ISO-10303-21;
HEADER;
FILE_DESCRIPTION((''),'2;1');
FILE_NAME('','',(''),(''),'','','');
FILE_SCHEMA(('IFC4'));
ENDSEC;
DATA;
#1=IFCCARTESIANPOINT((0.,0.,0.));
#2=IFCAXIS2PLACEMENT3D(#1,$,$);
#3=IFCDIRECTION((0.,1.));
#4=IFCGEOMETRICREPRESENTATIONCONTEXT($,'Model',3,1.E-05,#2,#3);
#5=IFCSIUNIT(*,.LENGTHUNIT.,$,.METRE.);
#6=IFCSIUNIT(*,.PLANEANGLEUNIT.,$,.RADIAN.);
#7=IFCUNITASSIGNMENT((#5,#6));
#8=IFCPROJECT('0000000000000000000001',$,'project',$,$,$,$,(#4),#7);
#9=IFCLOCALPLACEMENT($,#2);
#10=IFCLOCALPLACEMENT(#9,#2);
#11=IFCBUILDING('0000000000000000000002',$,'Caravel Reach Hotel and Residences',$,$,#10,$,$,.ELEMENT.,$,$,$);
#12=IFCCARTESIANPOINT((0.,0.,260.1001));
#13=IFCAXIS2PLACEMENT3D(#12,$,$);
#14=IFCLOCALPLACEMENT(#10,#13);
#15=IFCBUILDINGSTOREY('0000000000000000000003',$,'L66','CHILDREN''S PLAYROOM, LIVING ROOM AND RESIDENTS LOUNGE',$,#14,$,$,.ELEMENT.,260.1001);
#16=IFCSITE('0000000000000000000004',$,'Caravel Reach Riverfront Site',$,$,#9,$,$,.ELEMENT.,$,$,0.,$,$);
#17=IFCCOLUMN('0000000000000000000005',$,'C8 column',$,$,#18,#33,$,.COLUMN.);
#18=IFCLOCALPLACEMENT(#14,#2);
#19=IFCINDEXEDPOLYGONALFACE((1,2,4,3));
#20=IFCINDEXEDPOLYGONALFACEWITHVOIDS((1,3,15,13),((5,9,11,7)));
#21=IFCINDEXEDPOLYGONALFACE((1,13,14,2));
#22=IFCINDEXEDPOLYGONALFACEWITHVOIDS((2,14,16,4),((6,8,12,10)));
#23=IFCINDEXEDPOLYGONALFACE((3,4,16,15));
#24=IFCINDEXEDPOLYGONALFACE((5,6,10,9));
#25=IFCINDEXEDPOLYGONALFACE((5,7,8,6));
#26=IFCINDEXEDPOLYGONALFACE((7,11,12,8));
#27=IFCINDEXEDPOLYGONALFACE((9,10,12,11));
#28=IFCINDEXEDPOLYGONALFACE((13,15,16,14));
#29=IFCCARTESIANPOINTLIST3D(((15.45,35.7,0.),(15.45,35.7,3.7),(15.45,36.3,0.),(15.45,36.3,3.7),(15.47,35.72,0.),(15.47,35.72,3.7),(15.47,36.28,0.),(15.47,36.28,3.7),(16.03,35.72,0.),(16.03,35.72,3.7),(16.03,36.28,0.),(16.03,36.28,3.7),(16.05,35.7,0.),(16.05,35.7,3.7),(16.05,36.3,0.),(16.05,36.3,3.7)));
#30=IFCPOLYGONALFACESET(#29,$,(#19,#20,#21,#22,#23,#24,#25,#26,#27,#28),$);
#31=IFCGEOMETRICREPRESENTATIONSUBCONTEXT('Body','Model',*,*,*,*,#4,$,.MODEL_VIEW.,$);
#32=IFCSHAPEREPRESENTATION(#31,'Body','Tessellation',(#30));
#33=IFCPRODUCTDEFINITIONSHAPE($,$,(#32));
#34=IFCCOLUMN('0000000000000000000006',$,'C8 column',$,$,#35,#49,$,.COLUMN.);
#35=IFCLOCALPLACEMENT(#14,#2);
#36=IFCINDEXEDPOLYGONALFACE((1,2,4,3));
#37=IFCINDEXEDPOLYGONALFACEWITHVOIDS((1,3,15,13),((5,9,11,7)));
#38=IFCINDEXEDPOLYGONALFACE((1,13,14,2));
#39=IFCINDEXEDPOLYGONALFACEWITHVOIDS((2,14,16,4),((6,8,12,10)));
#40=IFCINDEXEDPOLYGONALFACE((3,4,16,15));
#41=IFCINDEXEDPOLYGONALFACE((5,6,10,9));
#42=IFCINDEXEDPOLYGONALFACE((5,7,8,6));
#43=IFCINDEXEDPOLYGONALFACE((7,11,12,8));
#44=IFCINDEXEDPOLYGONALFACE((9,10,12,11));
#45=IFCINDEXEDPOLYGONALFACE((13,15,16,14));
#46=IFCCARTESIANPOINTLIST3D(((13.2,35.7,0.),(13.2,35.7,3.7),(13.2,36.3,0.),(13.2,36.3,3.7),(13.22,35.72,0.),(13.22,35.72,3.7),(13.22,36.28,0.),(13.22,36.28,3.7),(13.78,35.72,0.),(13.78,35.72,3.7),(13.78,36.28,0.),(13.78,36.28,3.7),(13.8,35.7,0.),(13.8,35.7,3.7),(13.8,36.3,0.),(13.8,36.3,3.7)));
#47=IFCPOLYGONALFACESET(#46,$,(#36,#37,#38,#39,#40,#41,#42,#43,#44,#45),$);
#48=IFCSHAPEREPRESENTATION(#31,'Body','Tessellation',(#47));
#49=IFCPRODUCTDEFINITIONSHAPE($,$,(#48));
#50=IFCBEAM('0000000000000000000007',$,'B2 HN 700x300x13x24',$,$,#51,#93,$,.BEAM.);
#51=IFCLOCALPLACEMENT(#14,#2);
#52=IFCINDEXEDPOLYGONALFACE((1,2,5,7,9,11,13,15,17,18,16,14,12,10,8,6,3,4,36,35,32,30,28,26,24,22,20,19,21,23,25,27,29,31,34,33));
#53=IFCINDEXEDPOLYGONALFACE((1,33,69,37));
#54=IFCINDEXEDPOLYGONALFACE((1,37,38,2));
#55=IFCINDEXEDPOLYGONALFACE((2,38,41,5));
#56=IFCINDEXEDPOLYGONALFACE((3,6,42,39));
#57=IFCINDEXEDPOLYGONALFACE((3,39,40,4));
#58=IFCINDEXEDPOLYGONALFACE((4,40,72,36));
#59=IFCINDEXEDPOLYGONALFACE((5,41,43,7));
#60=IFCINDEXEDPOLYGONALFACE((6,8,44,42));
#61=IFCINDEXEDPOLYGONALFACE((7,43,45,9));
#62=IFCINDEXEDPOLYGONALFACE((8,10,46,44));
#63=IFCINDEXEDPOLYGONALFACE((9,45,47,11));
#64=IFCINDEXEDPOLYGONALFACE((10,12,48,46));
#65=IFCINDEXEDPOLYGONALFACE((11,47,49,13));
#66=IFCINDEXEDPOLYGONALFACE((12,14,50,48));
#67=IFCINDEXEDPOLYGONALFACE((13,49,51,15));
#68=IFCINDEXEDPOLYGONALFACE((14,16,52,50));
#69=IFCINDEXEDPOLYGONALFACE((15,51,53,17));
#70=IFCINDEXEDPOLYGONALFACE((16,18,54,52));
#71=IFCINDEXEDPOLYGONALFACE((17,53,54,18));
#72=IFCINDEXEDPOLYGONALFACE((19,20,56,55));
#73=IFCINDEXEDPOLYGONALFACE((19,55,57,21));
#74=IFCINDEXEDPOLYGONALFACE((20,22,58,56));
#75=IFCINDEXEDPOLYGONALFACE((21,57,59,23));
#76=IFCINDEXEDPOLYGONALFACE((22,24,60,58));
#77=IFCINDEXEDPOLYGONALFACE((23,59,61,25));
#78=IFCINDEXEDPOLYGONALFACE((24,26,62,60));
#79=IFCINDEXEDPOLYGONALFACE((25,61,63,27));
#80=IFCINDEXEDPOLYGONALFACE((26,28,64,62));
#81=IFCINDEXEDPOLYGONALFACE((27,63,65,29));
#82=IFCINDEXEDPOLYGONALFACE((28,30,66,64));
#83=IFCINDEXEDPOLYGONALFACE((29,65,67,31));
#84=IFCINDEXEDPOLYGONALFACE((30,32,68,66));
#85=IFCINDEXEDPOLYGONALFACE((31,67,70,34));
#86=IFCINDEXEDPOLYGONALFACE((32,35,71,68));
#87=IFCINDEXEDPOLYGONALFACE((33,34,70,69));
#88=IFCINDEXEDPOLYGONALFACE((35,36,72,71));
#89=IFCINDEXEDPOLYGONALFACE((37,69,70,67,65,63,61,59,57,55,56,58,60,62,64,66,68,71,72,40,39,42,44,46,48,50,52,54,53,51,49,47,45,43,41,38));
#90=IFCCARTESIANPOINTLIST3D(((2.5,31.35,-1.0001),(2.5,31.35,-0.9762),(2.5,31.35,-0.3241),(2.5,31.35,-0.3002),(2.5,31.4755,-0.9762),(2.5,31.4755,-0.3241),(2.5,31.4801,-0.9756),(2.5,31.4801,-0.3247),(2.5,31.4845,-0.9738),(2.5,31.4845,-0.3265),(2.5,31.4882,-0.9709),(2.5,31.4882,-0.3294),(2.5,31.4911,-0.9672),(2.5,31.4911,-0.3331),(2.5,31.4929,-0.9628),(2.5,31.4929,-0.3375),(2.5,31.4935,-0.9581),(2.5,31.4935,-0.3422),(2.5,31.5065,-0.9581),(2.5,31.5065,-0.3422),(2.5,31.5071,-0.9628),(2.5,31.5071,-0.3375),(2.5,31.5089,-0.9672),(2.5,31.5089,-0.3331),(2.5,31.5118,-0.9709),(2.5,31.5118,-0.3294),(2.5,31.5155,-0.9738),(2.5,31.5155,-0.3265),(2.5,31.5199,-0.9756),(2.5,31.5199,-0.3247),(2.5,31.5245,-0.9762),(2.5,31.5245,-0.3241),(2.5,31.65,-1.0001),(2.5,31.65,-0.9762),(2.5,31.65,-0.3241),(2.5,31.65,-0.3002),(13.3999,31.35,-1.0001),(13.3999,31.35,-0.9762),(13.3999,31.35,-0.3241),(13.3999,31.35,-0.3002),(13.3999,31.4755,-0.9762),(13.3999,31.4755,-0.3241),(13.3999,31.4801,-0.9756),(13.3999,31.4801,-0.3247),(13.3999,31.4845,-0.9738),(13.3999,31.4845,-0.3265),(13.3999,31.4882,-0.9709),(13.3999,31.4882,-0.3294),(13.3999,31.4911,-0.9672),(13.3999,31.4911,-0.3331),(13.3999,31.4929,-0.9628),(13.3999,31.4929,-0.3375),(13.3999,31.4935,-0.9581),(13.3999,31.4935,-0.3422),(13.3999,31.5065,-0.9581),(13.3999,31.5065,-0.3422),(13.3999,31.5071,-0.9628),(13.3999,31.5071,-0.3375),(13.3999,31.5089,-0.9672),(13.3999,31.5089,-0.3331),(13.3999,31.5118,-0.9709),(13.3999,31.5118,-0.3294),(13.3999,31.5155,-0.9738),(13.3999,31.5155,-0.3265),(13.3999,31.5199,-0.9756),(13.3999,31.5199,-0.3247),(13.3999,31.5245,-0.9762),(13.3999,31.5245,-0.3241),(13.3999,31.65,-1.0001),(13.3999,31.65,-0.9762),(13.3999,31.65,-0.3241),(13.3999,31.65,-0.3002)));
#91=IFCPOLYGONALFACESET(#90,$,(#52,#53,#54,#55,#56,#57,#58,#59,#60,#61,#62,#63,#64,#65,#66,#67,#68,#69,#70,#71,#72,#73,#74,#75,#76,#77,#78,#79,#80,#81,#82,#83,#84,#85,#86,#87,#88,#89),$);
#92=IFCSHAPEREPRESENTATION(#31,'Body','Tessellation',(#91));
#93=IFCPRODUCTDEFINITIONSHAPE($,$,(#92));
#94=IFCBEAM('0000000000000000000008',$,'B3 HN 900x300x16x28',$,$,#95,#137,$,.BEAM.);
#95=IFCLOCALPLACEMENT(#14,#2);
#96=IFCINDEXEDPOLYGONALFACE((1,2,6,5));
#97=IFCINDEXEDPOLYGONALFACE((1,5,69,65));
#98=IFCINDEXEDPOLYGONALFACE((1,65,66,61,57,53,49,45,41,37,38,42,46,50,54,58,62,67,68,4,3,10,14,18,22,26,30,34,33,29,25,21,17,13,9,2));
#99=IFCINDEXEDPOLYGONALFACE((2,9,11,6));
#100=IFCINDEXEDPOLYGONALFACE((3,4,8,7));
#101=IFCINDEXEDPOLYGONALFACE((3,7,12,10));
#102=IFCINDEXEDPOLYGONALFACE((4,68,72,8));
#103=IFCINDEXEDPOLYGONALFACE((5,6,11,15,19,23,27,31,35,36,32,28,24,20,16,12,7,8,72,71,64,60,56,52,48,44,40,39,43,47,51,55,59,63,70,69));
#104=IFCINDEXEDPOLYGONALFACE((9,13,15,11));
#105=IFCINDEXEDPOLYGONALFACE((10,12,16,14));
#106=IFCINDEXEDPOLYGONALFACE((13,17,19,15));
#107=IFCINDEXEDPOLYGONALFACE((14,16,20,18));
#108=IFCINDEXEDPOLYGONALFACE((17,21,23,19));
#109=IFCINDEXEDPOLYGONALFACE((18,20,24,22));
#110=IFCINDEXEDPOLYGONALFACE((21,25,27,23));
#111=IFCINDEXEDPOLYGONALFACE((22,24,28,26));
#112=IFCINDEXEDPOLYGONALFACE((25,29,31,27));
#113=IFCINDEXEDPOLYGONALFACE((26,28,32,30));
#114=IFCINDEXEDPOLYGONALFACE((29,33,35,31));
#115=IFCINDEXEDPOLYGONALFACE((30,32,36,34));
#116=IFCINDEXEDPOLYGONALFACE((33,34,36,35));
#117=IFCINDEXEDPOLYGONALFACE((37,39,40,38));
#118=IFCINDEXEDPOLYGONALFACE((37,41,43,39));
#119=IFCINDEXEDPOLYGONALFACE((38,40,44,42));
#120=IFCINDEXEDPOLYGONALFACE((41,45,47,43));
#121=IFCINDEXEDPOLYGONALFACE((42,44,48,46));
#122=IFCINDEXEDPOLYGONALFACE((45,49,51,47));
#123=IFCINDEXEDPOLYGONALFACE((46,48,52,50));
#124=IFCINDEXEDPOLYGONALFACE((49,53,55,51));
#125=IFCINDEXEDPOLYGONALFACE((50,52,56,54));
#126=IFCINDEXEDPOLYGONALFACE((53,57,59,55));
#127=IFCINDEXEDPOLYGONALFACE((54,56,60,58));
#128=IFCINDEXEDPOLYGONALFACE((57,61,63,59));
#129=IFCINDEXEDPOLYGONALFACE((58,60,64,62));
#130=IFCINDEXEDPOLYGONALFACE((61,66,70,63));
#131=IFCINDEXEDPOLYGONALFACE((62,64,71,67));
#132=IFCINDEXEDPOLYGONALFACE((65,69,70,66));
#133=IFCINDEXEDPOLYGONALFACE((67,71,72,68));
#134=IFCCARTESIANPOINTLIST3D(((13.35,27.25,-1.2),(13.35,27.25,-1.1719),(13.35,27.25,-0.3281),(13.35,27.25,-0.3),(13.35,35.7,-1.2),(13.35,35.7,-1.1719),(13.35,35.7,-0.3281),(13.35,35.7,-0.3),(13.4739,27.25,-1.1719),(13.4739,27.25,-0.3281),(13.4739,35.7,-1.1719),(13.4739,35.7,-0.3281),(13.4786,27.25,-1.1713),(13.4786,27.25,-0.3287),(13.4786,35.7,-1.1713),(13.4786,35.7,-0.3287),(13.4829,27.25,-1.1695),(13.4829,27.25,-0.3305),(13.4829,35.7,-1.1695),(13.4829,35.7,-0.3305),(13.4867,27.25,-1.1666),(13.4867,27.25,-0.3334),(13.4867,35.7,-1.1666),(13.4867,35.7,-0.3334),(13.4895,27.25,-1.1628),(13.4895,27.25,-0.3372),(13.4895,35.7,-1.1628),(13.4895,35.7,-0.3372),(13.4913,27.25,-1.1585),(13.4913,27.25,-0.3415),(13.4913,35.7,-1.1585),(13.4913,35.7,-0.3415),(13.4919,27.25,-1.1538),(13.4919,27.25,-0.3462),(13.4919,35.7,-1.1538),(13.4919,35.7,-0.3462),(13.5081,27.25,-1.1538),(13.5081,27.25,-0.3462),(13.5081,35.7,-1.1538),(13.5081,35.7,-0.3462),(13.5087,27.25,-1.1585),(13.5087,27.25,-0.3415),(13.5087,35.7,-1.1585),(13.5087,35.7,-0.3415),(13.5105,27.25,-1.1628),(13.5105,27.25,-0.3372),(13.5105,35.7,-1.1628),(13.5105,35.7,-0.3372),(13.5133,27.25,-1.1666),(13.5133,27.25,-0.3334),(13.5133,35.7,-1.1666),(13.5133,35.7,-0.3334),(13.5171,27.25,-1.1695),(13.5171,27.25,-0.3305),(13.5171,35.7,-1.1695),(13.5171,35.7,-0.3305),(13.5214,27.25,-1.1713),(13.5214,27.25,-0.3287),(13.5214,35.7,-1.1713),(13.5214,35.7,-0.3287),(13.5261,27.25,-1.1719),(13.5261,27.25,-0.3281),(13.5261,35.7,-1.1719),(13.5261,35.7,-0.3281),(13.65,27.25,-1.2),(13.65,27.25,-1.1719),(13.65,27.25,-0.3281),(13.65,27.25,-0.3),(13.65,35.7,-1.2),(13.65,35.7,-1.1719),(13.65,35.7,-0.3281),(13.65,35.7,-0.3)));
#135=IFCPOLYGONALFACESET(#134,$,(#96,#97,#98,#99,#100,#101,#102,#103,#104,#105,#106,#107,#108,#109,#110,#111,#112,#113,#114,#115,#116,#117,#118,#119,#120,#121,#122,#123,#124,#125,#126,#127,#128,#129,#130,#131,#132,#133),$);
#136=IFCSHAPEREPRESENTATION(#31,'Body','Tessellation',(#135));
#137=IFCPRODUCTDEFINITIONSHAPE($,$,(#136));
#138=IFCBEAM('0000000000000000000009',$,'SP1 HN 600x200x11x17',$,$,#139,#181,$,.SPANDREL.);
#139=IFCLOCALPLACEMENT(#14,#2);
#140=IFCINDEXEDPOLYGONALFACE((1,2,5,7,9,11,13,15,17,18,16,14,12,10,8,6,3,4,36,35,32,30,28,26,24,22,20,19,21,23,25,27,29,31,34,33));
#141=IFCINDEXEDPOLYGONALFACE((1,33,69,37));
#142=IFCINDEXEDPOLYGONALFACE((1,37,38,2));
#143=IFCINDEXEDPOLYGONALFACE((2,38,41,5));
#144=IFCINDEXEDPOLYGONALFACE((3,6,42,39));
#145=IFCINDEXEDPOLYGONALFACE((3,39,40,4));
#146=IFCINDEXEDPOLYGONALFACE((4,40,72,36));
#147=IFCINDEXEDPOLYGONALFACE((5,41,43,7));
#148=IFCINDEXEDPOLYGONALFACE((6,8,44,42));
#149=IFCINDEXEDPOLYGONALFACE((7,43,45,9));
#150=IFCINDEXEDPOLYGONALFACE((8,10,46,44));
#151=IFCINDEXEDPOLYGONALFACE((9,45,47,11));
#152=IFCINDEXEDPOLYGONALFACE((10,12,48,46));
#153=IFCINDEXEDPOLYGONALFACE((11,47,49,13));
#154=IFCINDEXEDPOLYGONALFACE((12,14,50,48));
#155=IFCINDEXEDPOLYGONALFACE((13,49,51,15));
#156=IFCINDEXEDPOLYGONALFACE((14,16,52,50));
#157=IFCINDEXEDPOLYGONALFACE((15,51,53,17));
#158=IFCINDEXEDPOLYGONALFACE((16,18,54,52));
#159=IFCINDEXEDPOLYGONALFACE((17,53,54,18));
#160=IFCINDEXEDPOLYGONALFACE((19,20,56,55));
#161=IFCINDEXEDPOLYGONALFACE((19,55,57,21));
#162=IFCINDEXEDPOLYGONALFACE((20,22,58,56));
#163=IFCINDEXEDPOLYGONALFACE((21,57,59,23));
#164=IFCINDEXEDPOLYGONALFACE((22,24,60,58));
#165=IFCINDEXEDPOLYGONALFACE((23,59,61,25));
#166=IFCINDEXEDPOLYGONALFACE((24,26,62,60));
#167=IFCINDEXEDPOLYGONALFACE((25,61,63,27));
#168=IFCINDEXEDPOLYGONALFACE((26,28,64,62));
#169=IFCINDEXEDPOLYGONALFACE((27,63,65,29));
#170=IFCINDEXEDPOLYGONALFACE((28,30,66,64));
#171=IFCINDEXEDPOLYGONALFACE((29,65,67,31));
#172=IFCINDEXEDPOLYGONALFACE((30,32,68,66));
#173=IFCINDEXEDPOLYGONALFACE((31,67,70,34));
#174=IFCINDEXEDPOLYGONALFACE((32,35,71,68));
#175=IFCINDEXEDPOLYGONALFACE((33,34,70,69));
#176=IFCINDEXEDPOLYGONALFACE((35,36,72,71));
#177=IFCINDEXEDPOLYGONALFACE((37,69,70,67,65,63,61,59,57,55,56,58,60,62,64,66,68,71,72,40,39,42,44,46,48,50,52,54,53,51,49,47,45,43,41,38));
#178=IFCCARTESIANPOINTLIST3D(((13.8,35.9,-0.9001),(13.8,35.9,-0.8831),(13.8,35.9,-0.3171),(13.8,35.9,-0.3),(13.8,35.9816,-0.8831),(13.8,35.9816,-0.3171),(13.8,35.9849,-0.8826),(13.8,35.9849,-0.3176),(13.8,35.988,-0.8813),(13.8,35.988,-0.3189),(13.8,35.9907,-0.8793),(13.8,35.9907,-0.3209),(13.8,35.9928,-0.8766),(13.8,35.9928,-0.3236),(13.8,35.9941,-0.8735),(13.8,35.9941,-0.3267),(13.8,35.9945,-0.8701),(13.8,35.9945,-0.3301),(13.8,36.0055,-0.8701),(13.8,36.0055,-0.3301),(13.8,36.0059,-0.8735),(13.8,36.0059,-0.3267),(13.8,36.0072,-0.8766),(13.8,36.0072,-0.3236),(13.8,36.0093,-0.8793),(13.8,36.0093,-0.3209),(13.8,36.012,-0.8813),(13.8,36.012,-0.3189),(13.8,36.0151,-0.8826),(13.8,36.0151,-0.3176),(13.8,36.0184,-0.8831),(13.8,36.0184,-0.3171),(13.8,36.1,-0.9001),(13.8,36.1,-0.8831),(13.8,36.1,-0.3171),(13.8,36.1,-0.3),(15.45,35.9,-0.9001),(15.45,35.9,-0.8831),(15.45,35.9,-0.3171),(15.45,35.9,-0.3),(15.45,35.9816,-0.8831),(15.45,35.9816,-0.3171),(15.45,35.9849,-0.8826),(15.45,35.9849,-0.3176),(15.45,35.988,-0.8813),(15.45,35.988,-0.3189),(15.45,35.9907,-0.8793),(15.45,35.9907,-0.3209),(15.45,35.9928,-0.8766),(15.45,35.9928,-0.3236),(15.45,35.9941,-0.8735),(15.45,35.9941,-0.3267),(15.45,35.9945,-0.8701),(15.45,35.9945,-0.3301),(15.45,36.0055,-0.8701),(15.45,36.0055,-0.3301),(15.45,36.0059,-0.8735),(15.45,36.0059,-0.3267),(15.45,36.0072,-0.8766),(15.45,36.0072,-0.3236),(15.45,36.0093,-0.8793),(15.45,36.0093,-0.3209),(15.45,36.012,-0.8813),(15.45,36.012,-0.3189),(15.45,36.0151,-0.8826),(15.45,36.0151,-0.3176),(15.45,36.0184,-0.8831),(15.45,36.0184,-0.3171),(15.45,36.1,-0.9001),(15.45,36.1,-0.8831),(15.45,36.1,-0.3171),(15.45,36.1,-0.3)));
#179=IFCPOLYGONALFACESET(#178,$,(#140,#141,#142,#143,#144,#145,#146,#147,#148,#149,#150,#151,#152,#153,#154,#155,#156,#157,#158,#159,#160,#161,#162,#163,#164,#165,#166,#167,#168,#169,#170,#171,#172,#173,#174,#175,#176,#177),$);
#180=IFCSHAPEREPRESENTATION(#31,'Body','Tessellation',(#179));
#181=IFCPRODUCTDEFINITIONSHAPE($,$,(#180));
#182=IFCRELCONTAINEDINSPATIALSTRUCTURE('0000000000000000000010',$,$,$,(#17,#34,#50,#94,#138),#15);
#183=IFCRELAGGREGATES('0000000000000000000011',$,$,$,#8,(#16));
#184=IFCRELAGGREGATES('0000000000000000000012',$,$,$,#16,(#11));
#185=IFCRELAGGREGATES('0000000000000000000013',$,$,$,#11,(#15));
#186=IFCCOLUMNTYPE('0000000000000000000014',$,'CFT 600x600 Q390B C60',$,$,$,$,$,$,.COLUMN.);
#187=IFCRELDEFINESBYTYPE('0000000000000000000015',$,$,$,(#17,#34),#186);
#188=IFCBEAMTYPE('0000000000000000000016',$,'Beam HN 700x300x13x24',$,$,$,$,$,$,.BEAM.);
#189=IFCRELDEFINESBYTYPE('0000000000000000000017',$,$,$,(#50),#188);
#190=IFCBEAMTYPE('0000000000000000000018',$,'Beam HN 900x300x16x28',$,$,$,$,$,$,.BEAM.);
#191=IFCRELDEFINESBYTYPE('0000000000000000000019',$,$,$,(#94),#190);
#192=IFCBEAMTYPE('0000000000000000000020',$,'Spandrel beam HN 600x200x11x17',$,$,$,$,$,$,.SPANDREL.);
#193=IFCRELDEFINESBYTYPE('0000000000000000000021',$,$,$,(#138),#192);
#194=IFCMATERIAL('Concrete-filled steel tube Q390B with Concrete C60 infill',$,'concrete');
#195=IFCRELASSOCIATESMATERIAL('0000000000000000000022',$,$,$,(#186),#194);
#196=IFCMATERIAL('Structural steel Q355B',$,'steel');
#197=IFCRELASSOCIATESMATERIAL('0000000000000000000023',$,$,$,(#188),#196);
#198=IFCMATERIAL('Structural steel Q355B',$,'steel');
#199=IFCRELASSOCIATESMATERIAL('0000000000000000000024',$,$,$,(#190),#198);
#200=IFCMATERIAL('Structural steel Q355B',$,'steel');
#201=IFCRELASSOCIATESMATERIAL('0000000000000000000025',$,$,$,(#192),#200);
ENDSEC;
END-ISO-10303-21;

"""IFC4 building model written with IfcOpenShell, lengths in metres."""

from ifc_helpers import new_model, si_unit, direction, frame, origin, origin_2d, place, context, subcontext, project, spatial, hollow_rectangle, i_section, extrude, material, material_profile, profile_set, type_object, element, save


model = new_model("IFC4")

# Units and contexts
model_context = context("Model", 3, precision=1e-05, world=origin(), true_north=direction((0.0, 1.0)))
body_context = subcontext(model_context, "Body", "Model", "MODEL_VIEW")
ifc_project = project(units=[si_unit("LENGTHUNIT", "METRE"), si_unit("PLANEANGLEUNIT", "RADIAN")], contexts=[model_context])

# Site, building, storey
site_placement = place(None, origin())
site = spatial("IfcSite", under=ifc_project, at=site_placement, Name="Caravel Reach Riverfront Site", CompositionType="ELEMENT", RefElevation=0.0)
building_placement = place(site_placement, origin())
building = spatial("IfcBuilding", under=site, at=building_placement, Name="Caravel Reach Hotel and Residences", CompositionType="ELEMENT")
storey_placement = place(building_placement, frame((0.0, 0.0, 260.1001)))
storey = spatial("IfcBuildingStorey", under=building, at=storey_placement, Name="L66", Description="CHILDREN'S PLAYROOM, LIVING ROOM AND RESIDENTS LOUNGE", CompositionType="ELEMENT", Elevation=260.1001)

# Columns
ifc_material_1 = material(Name="Concrete-filled steel tube Q390B with Concrete C60 infill", Category="concrete")
ifc_material_profile_1 = material_profile(ifc_material_1, hollow_rectangle(XDim=0.6001, YDim=0.6001, WallThickness=0.02, at=origin_2d()), Name="RHS 600x600x20")
ifc_profile_set_1 = profile_set([ifc_material_profile_1], Name="Concrete-filled steel tube Q390B with Concrete C60 infill")
column_type = type_object("IfcColumnType", Name="CFT 600x600 Q390B C60", PredefinedType="COLUMN", material=ifc_profile_set_1)
for number, where, z_axis, x_axis, name in (
    (1, (15.75, 36.0, 0.0), (0.0, 0.0, 1.0), (1.0, 0.0, 0.0), "C8 column"),
    (2, (13.5, 36.0, 0.0), (0.0, 0.0, 1.0), (1.0, 0.0, 0.0), "C8 column"),
):
    element("IfcColumn", number, at=place(storey_placement, frame(where, z_axis=z_axis, x_axis=x_axis)), inside=storey, type_object=column_type, Name=name, PredefinedType="COLUMN", context=body_context, shape_type="SweptSolid", body=[
        extrude(hollow_rectangle(XDim=0.6001, YDim=0.6001, WallThickness=0.02, at=origin_2d()), origin(), (0.0, 0.0, 1.0), 3.7),
    ])

# Beams
ifc_material_2 = material(Name="Structural steel Q355B", Category="steel")
ifc_material_profile_2 = material_profile(ifc_material_2, i_section(OverallWidth=0.3, OverallDepth=0.7, WebThickness=0.0129, FlangeThickness=0.0239, FilletRadius=0.0181, at=origin_2d()), Name="HN 700x300x13x24")
ifc_profile_set_2 = profile_set([ifc_material_profile_2], Name="Structural steel Q355B")
beam_type_1 = type_object("IfcBeamType", Name="Beam HN 700x300x13x24", PredefinedType="BEAM", material=ifc_profile_set_2)
beam_1_placement = place(storey_placement, frame((13.3999, 31.5, -0.6501), z_axis=(-1.0, 0.0, 0.0), x_axis=(0.0, -1.0, 0.0)))
element("IfcBeam", 3, at=beam_1_placement, inside=storey, type_object=beam_type_1, Name="B2 HN 700x300x13x24", PredefinedType="BEAM", context=body_context, shape_type="SweptSolid", body=[
    extrude(i_section(OverallWidth=0.3, OverallDepth=0.7, WebThickness=0.0129, FlangeThickness=0.0239, FilletRadius=0.0181, at=origin_2d()), origin(), (0.0, 0.0, 1.0), 10.8999),
])
ifc_material_3 = material(Name="Structural steel Q355B", Category="steel")
ifc_material_profile_3 = material_profile(ifc_material_3, i_section(OverallWidth=0.3, OverallDepth=0.8999, WebThickness=0.0161, FlangeThickness=0.0281, FilletRadius=0.0181, at=origin_2d()), Name="HN 900x300x16x28")
ifc_profile_set_3 = profile_set([ifc_material_profile_3], Name="Structural steel Q355B")
beam_type_2 = type_object("IfcBeamType", Name="Beam HN 900x300x16x28", PredefinedType="BEAM", material=ifc_profile_set_3)
beam_2_placement = place(storey_placement, frame((13.5, 27.25, -0.75), z_axis=(0.0, 1.0, 0.0), x_axis=(-1.0, 0.0, 0.0)))
element("IfcBeam", 4, at=beam_2_placement, inside=storey, type_object=beam_type_2, Name="B3 HN 900x300x16x28", PredefinedType="BEAM", context=body_context, shape_type="SweptSolid", body=[
    extrude(i_section(OverallWidth=0.3, OverallDepth=0.8999, WebThickness=0.0161, FlangeThickness=0.0281, FilletRadius=0.0181, at=origin_2d()), origin(), (0.0, 0.0, 1.0), 8.45),
])
ifc_material_4 = material(Name="Structural steel Q355B", Category="steel")
ifc_material_profile_4 = material_profile(ifc_material_4, i_section(OverallWidth=0.2, OverallDepth=0.6001, WebThickness=0.011, FlangeThickness=0.0171, FilletRadius=0.0129, at=origin_2d()), Name="HN 600x200x11x17")
ifc_profile_set_4 = profile_set([ifc_material_profile_4], Name="Structural steel Q355B")
beam_type_3 = type_object("IfcBeamType", Name="Spandrel beam HN 600x200x11x17", PredefinedType="SPANDREL", material=ifc_profile_set_4)
beam_3_placement = place(storey_placement, frame((15.45, 36.0, -0.6001), z_axis=(-1.0, 0.0, 0.0), x_axis=(0.0, -1.0, 0.0)))
element("IfcBeam", 5, at=beam_3_placement, inside=storey, type_object=beam_type_3, Name="SP1 HN 600x200x11x17", PredefinedType="SPANDREL", context=body_context, shape_type="SweptSolid", body=[
    extrude(i_section(OverallWidth=0.2, OverallDepth=0.6001, WebThickness=0.011, FlangeThickness=0.0171, FilletRadius=0.0129, at=origin_2d()), origin(), (0.0, 0.0, 1.0), 1.6499),
])

save(model, "model.ifc")
